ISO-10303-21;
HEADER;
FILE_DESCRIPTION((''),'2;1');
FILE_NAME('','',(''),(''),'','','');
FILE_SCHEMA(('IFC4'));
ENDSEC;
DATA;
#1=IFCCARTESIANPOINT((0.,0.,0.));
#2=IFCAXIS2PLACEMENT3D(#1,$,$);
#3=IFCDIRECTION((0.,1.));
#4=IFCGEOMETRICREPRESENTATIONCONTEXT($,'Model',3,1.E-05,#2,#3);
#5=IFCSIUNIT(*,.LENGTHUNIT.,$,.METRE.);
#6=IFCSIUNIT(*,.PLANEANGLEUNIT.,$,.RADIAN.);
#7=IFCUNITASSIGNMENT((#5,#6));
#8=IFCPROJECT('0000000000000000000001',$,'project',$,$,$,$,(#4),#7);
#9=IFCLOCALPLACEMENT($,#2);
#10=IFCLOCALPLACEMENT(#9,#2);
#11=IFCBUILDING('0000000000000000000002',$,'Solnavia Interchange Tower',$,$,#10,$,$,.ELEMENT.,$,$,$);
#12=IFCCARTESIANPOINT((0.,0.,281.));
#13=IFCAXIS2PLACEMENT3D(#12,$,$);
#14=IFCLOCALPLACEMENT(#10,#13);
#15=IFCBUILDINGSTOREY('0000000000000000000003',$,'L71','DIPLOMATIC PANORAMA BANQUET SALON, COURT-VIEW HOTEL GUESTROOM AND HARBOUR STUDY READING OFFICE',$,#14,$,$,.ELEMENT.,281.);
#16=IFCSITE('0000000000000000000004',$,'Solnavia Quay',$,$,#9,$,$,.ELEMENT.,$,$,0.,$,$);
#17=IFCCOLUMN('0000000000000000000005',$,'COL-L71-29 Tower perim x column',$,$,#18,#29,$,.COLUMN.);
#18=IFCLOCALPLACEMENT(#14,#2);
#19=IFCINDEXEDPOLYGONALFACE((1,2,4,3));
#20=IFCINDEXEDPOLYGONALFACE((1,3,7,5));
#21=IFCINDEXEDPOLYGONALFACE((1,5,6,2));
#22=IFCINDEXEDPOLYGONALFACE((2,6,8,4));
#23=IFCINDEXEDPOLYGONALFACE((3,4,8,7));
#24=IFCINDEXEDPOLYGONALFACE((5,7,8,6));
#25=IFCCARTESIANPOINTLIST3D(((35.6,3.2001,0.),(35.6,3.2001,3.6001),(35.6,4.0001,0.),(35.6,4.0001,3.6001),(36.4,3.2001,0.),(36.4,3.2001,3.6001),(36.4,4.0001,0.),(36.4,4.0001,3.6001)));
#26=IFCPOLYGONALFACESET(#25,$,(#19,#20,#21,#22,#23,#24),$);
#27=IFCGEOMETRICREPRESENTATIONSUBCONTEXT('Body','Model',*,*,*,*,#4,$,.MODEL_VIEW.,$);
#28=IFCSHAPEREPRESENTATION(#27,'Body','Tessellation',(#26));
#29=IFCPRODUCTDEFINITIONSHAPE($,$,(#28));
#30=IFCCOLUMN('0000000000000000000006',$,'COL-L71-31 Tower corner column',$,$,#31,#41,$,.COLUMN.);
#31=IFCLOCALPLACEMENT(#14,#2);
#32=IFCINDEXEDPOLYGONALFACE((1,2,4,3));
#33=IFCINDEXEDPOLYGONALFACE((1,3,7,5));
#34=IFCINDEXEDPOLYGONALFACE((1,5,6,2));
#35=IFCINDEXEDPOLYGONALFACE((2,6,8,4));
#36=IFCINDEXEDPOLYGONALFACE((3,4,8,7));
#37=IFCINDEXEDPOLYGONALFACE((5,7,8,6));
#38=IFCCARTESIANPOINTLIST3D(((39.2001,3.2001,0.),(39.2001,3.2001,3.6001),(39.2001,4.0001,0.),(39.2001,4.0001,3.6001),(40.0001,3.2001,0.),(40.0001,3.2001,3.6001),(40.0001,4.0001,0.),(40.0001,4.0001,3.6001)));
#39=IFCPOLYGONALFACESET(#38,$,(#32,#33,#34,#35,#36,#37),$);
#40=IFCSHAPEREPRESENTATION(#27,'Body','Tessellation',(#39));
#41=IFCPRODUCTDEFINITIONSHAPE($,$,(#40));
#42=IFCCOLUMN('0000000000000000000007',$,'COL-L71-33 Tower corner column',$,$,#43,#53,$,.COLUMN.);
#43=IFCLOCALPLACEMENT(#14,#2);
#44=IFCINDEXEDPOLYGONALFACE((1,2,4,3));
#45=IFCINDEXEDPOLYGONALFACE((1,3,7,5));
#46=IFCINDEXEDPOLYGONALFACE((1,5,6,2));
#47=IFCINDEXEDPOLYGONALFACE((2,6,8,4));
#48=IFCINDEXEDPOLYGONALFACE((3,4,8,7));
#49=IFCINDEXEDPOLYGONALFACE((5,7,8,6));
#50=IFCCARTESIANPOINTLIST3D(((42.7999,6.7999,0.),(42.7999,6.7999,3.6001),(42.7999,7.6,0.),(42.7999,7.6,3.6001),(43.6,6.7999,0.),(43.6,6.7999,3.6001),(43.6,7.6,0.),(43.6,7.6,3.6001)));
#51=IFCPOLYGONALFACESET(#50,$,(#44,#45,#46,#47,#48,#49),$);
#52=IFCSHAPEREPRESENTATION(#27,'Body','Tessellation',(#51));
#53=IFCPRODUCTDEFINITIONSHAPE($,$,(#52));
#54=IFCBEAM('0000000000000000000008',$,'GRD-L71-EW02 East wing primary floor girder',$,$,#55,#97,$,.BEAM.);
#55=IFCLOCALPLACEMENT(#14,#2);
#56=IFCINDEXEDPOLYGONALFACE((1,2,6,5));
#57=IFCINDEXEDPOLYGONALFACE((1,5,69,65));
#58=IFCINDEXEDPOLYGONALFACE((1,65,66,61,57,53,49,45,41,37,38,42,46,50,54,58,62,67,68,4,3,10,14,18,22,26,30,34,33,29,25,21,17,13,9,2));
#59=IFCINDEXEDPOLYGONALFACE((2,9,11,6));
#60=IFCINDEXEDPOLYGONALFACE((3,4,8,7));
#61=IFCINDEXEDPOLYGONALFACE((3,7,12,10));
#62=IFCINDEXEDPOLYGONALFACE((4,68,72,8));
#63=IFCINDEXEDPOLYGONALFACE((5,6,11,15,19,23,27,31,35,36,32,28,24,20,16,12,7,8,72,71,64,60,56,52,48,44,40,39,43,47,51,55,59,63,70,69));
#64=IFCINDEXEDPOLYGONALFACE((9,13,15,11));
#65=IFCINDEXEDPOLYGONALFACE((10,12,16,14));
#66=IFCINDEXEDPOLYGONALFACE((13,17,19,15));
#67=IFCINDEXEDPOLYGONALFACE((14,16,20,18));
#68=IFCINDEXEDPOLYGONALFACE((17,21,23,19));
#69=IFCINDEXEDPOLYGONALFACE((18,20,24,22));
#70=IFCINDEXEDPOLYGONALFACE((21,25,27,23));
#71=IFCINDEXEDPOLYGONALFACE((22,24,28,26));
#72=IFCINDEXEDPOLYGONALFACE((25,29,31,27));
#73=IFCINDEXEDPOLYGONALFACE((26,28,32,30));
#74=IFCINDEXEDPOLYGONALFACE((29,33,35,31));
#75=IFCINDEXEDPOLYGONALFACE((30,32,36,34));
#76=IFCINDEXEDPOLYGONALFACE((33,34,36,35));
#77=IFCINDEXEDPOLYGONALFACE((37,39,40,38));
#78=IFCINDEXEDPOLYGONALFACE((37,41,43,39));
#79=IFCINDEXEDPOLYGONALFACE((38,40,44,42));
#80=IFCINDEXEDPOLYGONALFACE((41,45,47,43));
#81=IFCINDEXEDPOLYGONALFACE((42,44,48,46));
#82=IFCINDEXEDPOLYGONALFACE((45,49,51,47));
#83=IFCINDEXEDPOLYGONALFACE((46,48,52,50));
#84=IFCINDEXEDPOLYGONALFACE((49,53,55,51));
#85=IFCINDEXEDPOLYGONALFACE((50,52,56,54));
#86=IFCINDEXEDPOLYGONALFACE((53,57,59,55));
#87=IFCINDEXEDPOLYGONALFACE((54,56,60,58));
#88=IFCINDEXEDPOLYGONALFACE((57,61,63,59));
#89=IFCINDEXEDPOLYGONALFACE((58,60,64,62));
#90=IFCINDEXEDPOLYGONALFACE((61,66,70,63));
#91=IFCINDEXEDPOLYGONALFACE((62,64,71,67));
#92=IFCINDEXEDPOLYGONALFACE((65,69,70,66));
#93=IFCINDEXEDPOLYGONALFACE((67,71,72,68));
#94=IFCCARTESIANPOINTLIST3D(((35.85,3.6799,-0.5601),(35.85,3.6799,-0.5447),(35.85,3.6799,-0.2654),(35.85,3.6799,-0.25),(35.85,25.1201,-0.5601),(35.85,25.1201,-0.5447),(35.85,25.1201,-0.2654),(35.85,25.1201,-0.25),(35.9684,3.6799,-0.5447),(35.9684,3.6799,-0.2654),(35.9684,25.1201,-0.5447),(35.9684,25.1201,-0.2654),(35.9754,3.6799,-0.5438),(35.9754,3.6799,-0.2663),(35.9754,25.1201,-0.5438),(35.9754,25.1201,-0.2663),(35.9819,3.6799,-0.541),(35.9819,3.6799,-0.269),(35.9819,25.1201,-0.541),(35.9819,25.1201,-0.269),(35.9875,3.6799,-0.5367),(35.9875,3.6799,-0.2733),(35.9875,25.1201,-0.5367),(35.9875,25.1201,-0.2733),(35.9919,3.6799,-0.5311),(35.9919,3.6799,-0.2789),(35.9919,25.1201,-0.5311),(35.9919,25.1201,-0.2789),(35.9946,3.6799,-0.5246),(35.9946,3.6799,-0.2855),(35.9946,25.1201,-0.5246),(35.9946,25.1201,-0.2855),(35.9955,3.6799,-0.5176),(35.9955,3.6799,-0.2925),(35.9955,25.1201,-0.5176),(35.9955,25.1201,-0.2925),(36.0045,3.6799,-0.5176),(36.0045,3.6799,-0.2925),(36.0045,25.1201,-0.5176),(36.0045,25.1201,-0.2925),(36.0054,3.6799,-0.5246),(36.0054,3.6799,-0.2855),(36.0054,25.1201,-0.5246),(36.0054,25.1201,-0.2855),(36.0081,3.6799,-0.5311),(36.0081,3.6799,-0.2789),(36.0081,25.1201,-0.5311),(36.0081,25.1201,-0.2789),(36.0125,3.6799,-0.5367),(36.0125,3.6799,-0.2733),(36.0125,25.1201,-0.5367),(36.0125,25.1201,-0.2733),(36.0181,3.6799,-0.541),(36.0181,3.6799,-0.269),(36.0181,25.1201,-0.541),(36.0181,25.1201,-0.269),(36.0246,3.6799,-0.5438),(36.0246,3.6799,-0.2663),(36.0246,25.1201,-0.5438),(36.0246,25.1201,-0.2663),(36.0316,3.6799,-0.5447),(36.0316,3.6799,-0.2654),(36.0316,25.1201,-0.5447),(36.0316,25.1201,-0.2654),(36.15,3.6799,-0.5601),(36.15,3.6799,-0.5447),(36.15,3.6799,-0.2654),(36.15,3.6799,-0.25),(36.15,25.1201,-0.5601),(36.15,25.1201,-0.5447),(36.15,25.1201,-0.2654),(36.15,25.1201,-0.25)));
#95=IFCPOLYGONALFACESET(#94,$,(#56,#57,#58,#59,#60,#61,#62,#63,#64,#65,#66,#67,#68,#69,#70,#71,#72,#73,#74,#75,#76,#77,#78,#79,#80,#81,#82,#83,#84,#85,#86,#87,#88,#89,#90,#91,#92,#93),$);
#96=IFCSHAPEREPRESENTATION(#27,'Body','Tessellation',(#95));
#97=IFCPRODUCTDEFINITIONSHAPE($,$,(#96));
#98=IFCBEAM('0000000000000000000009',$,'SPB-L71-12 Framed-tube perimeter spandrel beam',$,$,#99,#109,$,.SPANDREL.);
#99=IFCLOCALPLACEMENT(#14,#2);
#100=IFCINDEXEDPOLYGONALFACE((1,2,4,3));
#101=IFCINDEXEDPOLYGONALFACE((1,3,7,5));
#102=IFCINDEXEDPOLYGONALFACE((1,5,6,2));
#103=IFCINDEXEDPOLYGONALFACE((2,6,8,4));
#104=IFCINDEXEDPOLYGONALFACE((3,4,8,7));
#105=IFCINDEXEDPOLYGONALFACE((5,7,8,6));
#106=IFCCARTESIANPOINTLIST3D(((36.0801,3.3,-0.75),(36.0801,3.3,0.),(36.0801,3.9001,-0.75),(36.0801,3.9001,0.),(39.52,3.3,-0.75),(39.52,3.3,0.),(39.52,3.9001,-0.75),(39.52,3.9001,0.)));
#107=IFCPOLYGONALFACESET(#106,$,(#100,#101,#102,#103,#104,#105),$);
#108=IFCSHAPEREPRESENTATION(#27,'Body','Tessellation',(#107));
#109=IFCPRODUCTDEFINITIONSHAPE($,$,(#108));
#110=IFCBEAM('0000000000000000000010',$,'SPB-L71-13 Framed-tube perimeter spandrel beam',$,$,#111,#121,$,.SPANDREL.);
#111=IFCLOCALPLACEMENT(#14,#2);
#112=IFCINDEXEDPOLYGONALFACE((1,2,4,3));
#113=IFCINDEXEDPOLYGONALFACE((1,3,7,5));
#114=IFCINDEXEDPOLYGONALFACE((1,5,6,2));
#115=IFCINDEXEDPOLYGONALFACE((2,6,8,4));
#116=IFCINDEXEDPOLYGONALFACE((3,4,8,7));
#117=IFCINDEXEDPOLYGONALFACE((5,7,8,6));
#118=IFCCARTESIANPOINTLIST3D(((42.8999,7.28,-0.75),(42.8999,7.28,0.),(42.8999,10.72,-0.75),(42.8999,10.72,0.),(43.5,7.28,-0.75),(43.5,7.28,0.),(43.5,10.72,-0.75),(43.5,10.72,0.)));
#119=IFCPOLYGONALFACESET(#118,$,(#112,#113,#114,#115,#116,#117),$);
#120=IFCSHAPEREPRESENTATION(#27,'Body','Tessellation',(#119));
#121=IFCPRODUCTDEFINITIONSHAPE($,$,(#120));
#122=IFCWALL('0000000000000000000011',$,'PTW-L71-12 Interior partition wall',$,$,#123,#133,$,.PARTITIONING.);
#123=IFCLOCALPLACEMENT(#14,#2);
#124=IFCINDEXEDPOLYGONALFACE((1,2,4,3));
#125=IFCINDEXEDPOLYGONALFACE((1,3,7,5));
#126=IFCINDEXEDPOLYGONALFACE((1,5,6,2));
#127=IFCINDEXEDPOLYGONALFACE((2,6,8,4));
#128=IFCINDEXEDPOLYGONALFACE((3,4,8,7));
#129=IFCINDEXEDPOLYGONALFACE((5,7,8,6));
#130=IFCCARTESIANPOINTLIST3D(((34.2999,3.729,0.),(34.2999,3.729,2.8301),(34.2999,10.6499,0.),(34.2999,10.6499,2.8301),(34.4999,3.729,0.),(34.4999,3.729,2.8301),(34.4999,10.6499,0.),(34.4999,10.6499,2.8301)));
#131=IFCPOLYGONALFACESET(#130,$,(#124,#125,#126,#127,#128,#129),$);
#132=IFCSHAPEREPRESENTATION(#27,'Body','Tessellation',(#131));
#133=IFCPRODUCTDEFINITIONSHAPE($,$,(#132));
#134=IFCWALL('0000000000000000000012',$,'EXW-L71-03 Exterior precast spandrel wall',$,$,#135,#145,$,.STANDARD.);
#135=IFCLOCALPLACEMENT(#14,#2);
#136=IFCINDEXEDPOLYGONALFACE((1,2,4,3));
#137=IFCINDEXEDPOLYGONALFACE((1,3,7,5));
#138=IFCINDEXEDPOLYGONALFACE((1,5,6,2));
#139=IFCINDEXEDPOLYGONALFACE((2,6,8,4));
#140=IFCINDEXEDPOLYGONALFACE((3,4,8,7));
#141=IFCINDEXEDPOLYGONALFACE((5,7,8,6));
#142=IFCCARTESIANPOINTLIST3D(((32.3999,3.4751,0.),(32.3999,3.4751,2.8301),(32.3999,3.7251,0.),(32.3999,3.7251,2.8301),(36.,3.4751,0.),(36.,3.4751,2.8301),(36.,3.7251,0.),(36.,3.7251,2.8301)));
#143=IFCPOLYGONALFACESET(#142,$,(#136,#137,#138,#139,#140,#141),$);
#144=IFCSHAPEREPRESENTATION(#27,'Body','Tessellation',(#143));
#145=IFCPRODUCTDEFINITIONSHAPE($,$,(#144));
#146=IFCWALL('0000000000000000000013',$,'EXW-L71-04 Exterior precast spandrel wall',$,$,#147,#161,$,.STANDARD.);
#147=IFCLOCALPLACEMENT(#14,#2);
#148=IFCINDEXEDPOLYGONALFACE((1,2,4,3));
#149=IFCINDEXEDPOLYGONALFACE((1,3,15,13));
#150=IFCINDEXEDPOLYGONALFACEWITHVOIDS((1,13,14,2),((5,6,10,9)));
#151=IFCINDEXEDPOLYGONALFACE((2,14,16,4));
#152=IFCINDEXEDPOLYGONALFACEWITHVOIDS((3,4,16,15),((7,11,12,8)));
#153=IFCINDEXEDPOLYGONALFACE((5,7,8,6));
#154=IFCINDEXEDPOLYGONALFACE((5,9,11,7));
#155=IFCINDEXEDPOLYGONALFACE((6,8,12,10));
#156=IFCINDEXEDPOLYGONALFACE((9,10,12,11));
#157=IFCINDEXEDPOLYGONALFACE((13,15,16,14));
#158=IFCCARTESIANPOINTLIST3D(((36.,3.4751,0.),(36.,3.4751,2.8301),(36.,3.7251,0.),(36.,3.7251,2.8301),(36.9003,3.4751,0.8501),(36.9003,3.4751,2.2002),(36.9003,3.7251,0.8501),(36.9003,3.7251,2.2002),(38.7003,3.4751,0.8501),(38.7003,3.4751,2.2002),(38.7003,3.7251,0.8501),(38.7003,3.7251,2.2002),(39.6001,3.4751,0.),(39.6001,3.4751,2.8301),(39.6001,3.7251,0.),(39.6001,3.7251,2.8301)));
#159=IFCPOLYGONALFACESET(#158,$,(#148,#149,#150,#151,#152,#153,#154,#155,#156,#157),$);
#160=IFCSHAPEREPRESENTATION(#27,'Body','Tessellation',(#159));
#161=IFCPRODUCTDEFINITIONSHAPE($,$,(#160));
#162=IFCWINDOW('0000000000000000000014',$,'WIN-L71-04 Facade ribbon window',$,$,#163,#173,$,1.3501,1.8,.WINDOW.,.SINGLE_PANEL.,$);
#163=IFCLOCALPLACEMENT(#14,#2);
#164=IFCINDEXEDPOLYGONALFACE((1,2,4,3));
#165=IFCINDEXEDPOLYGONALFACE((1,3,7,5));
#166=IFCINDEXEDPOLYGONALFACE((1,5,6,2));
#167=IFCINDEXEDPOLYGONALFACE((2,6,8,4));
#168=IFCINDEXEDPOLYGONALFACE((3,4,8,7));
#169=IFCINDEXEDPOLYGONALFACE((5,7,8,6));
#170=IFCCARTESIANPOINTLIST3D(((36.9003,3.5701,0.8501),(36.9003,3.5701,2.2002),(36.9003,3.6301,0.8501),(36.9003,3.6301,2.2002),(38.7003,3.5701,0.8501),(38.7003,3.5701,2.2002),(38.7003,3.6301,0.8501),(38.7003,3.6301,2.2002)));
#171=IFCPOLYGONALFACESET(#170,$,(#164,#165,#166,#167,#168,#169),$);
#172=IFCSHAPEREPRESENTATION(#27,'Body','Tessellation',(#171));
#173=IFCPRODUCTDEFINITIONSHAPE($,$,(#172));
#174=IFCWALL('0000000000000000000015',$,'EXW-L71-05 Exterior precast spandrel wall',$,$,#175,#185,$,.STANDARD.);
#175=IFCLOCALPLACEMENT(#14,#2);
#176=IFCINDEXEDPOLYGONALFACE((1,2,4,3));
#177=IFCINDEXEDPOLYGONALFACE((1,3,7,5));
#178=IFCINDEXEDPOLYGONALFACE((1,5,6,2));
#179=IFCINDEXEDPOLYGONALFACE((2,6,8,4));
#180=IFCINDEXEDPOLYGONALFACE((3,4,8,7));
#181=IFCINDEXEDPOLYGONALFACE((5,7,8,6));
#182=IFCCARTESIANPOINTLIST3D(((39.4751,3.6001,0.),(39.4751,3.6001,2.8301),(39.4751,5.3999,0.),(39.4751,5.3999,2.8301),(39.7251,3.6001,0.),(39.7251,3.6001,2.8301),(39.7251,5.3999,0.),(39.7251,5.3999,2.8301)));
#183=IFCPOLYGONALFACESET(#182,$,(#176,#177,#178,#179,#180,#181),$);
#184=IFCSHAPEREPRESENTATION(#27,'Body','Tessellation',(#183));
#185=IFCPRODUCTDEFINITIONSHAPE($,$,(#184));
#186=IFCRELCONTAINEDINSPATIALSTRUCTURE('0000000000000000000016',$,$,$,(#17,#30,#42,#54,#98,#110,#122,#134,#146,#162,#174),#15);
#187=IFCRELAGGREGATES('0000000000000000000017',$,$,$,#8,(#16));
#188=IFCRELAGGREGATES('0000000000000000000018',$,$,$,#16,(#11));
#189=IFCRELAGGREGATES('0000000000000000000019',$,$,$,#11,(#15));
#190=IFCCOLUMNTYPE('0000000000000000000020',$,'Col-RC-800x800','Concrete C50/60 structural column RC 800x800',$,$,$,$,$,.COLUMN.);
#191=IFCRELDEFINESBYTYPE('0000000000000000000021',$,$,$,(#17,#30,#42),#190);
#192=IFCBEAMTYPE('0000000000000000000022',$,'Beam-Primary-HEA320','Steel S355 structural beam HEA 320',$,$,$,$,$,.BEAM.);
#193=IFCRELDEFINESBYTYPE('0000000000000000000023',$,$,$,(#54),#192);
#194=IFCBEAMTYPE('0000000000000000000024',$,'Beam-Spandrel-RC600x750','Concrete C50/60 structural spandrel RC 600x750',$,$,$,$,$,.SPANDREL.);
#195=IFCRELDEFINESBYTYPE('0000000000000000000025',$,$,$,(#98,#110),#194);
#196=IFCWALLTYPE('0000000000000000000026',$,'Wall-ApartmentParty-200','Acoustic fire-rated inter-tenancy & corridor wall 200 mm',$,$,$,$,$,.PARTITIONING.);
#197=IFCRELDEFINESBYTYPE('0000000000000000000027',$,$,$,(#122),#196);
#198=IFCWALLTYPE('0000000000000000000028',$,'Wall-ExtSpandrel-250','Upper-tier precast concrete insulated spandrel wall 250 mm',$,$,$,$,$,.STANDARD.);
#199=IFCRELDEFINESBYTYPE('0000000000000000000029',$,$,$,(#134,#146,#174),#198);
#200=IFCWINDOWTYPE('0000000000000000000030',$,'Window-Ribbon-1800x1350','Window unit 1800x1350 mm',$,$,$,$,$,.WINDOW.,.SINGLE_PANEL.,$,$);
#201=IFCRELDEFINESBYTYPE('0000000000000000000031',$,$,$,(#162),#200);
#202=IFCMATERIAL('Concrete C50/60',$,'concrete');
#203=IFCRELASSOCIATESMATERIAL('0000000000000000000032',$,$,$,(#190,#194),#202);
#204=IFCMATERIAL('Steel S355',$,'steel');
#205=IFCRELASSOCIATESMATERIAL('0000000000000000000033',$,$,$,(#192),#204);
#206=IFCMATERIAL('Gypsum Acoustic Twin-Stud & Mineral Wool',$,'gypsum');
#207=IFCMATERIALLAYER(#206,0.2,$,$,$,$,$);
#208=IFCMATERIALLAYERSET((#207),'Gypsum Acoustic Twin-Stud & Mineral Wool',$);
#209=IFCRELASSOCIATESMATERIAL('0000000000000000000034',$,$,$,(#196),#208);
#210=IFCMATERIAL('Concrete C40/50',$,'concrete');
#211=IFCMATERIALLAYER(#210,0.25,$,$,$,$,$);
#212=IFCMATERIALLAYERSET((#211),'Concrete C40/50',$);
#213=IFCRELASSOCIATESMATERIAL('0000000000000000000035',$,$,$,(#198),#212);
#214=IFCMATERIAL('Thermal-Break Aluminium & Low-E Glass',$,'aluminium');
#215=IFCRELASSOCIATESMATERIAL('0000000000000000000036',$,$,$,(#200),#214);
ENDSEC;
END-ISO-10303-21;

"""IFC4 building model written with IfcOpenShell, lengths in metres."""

from ifc_helpers import new_model, si_unit, direction, frame, frame_2d, origin, origin_2d, place, context, subcontext, project, spatial, rectangle, i_section, extrude, material, layer, layer_set, material_profile, profile_set, type_object, element, fill, save


model = new_model("IFC4")

# Units and contexts
model_context = context("Model", 3, precision=1e-05, world=origin(), true_north=direction((0.0, 1.0)))
body_context = subcontext(model_context, "Body", "Model", "MODEL_VIEW")
ifc_project = project(units=[si_unit("LENGTHUNIT", "METRE"), si_unit("PLANEANGLEUNIT", "RADIAN")], contexts=[model_context])

# Site, building, storey
site_placement = place(None, origin())
site = spatial("IfcSite", under=ifc_project, at=site_placement, Name="Solnavia Quay", CompositionType="ELEMENT", RefElevation=0.0)
building_placement = place(site_placement, origin())
building = spatial("IfcBuilding", under=site, at=building_placement, Name="Solnavia Interchange Tower", CompositionType="ELEMENT")
storey_placement = place(building_placement, frame((0.0, 0.0, 281.0)))
storey = spatial("IfcBuildingStorey", under=building, at=storey_placement, Name="L71", Description="DIPLOMATIC PANORAMA BANQUET SALON, COURT-VIEW HOTEL GUESTROOM AND HARBOUR STUDY READING OFFICE", CompositionType="ELEMENT", Elevation=281.0)

# Columns
ifc_material_1 = material(Name="Concrete C50/60", Category="concrete")
ifc_material_profile_1 = material_profile(ifc_material_1, rectangle(XDim=0.8, YDim=0.8, at=origin_2d()), Name="RC 800x800")
ifc_profile_set_1 = profile_set([ifc_material_profile_1], Name="Concrete C50/60")
column_type = type_object("IfcColumnType", Name="Col-RC-800x800", Description="Concrete C50/60 structural column RC 800x800", PredefinedType="COLUMN", material=ifc_profile_set_1)
for number, where, z_axis, x_axis, name in (
    (1, (36.0, 3.6001, 0.0), (0.0, 0.0, 1.0), (1.0, 0.0, 0.0), "COL-L71-29 Tower perim x column"),
    (2, (39.6001, 3.6001, 0.0), (0.0, 0.0, 1.0), (1.0, 0.0, 0.0), "COL-L71-31 Tower corner column"),
    (3, (43.2, 7.2, 0.0), (0.0, 0.0, 1.0), (1.0, 0.0, 0.0), "COL-L71-33 Tower corner column"),
):
    element("IfcColumn", number, at=place(storey_placement, frame(where, z_axis=z_axis, x_axis=x_axis)), inside=storey, type_object=column_type, Name=name, PredefinedType="COLUMN", context=body_context, shape_type="SweptSolid", body=[
        extrude(rectangle(XDim=0.8, YDim=0.8, at=origin_2d()), origin(), (0.0, 0.0, 1.0), 3.6001),
    ])

# Beams
ifc_material_2 = material(Name="Steel S355", Category="steel")
ifc_material_profile_2 = material_profile(ifc_material_2, i_section(OverallWidth=0.3, OverallDepth=0.3101, WebThickness=0.009, FlangeThickness=0.0154, FilletRadius=0.0271, at=origin_2d()), Name="HEA 320")
ifc_profile_set_2 = profile_set([ifc_material_profile_2], Name="Steel S355")
beam_type_1 = type_object("IfcBeamType", Name="Beam-Primary-HEA320", Description="Steel S355 structural beam HEA 320", PredefinedType="BEAM", material=ifc_profile_set_2)
beam_placement = place(storey_placement, frame((36.0, 3.6799, -0.405), z_axis=(0.0, 1.0, 0.0), x_axis=(-1.0, 0.0, 0.0)))
element("IfcBeam", 4, at=beam_placement, inside=storey, type_object=beam_type_1, Name="GRD-L71-EW02 East wing primary floor girder", PredefinedType="BEAM", context=body_context, shape_type="SweptSolid", body=[
    extrude(i_section(OverallWidth=0.3, OverallDepth=0.3101, WebThickness=0.009, FlangeThickness=0.0154, FilletRadius=0.0271, at=origin_2d()), origin(), (0.0, 0.0, 1.0), 21.4402),
])
ifc_material_profile_3 = material_profile(ifc_material_1, rectangle(XDim=0.6001, YDim=0.75, at=origin_2d()), Name="RC 600x750")
ifc_profile_set_3 = profile_set([ifc_material_profile_3], Name="Concrete C50/60")
beam_type_2 = type_object("IfcBeamType", Name="Beam-Spandrel-RC600x750", Description="Concrete C50/60 structural spandrel RC 600x750", PredefinedType="SPANDREL", material=ifc_profile_set_3)
for number, where, z_axis, x_axis, name in (
    (5, (36.0801, 3.6001, -0.375), (1.0, 0.0, 0.0), (0.0, 1.0, 0.0), "SPB-L71-12 Framed-tube perimeter spandrel beam"),
    (6, (43.2, 7.28, -0.375), (0.0, 1.0, 0.0), (-1.0, 0.0, 0.0), "SPB-L71-13 Framed-tube perimeter spandrel beam"),
):
    element("IfcBeam", number, at=place(storey_placement, frame(where, z_axis=z_axis, x_axis=x_axis)), inside=storey, type_object=beam_type_2, Name=name, PredefinedType="SPANDREL", context=body_context, shape_type="SweptSolid", body=[
        extrude(rectangle(XDim=0.6001, YDim=0.75, at=origin_2d()), origin(), (0.0, 0.0, 1.0), 3.4399),
    ])

# Walls
ifc_material_3 = material(Name="Gypsum Acoustic Twin-Stud & Mineral Wool", Category="gypsum")
ifc_layer_1 = layer(ifc_material_3, 0.2)
ifc_layer_set_1 = layer_set([ifc_layer_1], Name="Gypsum Acoustic Twin-Stud & Mineral Wool")
wall_type_1 = type_object("IfcWallType", Name="Wall-ApartmentParty-200", Description="Acoustic fire-rated inter-tenancy & corridor wall 200 mm", PredefinedType="PARTITIONING", material=ifc_layer_set_1)
wall_1_placement = place(storey_placement, frame((34.3999, 3.729, 0.0), z_axis=(0.0, 0.0, 1.0), x_axis=(0.0, 1.0, 0.0)))
element("IfcWall", 7, at=wall_1_placement, inside=storey, type_object=wall_type_1, Name="PTW-L71-12 Interior partition wall", PredefinedType="PARTITIONING", context=body_context, shape_type="SweptSolid", body=[
    extrude(rectangle(XDim=6.9209, YDim=0.2, at=frame_2d((3.4604, 0.0))), origin(), (0.0, 0.0, 1.0), 2.8301),
])
ifc_material_4 = material(Name="Concrete C40/50", Category="concrete")
ifc_layer_2 = layer(ifc_material_4, 0.25)
ifc_layer_set_2 = layer_set([ifc_layer_2], Name="Concrete C40/50")
wall_type_2 = type_object("IfcWallType", Name="Wall-ExtSpandrel-250", Description="Upper-tier precast concrete insulated spandrel wall 250 mm", PredefinedType="STANDARD", material=ifc_layer_set_2)
wall_2_placement = place(storey_placement, frame((36.0, 3.6001, 0.0), z_axis=(0.0, 0.0, 1.0), x_axis=(-1.0, 0.0, 0.0)))
element("IfcWall", 8, at=wall_2_placement, inside=storey, type_object=wall_type_2, Name="EXW-L71-03 Exterior precast spandrel wall", PredefinedType="STANDARD", context=body_context, shape_type="SweptSolid", body=[
    extrude(rectangle(XDim=3.6001, YDim=0.25, at=frame_2d((1.8, 0.0))), origin(), (0.0, 0.0, 1.0), 2.8301),
])

# Wall, opening, window
wall_3_placement = place(storey_placement, frame((39.6001, 3.6001, 0.0), z_axis=(0.0, 0.0, 1.0), x_axis=(-1.0, 0.0, 0.0)))
wall_3 = element("IfcWall", 9, at=wall_3_placement, inside=storey, type_object=wall_type_2, Name="EXW-L71-04 Exterior precast spandrel wall", PredefinedType="STANDARD", context=body_context, shape_type="SweptSolid", body=[
    extrude(rectangle(XDim=3.6001, YDim=0.25, at=frame_2d((1.8, 0.0))), origin(), (0.0, 0.0, 1.0), 2.8301),
])
opening_placement = place(wall_3_placement, frame((0.8999, 0.0, 0.8501)))
opening = element("IfcOpeningElement", 10, at=opening_placement, cuts=wall_3, PredefinedType="OPENING", context=body_context, shape_type="SweptSolid", body=[
    extrude(rectangle(XDim=1.8, YDim=1.3501, at=frame_2d((0.8999, 0.675))), frame((0.0, 0.135, 0.0), z_axis=(0.0, -1.0, 0.0), x_axis=(1.0, 0.0, 0.0)), (0.0, 0.0, 1.0), 0.27),
])
ifc_material_5 = material(Name="Thermal-Break Aluminium & Low-E Glass", Category="aluminium")
window_type = type_object("IfcWindowType", Name="Window-Ribbon-1800x1350", Description="Window unit 1800x1350 mm", PartitioningType="SINGLE_PANEL", PredefinedType="WINDOW", material=ifc_material_5)
window_placement = place(opening_placement, origin())
window = element("IfcWindow", 11, at=window_placement, inside=storey, type_object=window_type, Name="WIN-L71-04 Facade ribbon window", OverallHeight=1.3501, OverallWidth=1.8, PartitioningType="SINGLE_PANEL", PredefinedType="WINDOW", context=body_context, shape_type="SweptSolid", body=[
    extrude(rectangle(XDim=1.8, YDim=1.3501, at=frame_2d((0.8999, 0.675))), frame((0.0, 0.03, 0.0), z_axis=(0.0, -1.0, 0.0), x_axis=(1.0, 0.0, 0.0)), (0.0, 0.0, 1.0), 0.0601),
])
fill(opening, window)

# Wall
wall_4_placement = place(storey_placement, frame((39.6001, 5.3999, 0.0), z_axis=(0.0, 0.0, 1.0), x_axis=(0.0, -1.0, 0.0)))
element("IfcWall", 12, at=wall_4_placement, inside=storey, type_object=wall_type_2, Name="EXW-L71-05 Exterior precast spandrel wall", PredefinedType="STANDARD", context=body_context, shape_type="SweptSolid", body=[
    extrude(rectangle(XDim=1.7998, YDim=0.25, at=frame_2d((0.8999, 0.0))), origin(), (0.0, 0.0, 1.0), 2.8301),
])

save(model, "model.ifc")
